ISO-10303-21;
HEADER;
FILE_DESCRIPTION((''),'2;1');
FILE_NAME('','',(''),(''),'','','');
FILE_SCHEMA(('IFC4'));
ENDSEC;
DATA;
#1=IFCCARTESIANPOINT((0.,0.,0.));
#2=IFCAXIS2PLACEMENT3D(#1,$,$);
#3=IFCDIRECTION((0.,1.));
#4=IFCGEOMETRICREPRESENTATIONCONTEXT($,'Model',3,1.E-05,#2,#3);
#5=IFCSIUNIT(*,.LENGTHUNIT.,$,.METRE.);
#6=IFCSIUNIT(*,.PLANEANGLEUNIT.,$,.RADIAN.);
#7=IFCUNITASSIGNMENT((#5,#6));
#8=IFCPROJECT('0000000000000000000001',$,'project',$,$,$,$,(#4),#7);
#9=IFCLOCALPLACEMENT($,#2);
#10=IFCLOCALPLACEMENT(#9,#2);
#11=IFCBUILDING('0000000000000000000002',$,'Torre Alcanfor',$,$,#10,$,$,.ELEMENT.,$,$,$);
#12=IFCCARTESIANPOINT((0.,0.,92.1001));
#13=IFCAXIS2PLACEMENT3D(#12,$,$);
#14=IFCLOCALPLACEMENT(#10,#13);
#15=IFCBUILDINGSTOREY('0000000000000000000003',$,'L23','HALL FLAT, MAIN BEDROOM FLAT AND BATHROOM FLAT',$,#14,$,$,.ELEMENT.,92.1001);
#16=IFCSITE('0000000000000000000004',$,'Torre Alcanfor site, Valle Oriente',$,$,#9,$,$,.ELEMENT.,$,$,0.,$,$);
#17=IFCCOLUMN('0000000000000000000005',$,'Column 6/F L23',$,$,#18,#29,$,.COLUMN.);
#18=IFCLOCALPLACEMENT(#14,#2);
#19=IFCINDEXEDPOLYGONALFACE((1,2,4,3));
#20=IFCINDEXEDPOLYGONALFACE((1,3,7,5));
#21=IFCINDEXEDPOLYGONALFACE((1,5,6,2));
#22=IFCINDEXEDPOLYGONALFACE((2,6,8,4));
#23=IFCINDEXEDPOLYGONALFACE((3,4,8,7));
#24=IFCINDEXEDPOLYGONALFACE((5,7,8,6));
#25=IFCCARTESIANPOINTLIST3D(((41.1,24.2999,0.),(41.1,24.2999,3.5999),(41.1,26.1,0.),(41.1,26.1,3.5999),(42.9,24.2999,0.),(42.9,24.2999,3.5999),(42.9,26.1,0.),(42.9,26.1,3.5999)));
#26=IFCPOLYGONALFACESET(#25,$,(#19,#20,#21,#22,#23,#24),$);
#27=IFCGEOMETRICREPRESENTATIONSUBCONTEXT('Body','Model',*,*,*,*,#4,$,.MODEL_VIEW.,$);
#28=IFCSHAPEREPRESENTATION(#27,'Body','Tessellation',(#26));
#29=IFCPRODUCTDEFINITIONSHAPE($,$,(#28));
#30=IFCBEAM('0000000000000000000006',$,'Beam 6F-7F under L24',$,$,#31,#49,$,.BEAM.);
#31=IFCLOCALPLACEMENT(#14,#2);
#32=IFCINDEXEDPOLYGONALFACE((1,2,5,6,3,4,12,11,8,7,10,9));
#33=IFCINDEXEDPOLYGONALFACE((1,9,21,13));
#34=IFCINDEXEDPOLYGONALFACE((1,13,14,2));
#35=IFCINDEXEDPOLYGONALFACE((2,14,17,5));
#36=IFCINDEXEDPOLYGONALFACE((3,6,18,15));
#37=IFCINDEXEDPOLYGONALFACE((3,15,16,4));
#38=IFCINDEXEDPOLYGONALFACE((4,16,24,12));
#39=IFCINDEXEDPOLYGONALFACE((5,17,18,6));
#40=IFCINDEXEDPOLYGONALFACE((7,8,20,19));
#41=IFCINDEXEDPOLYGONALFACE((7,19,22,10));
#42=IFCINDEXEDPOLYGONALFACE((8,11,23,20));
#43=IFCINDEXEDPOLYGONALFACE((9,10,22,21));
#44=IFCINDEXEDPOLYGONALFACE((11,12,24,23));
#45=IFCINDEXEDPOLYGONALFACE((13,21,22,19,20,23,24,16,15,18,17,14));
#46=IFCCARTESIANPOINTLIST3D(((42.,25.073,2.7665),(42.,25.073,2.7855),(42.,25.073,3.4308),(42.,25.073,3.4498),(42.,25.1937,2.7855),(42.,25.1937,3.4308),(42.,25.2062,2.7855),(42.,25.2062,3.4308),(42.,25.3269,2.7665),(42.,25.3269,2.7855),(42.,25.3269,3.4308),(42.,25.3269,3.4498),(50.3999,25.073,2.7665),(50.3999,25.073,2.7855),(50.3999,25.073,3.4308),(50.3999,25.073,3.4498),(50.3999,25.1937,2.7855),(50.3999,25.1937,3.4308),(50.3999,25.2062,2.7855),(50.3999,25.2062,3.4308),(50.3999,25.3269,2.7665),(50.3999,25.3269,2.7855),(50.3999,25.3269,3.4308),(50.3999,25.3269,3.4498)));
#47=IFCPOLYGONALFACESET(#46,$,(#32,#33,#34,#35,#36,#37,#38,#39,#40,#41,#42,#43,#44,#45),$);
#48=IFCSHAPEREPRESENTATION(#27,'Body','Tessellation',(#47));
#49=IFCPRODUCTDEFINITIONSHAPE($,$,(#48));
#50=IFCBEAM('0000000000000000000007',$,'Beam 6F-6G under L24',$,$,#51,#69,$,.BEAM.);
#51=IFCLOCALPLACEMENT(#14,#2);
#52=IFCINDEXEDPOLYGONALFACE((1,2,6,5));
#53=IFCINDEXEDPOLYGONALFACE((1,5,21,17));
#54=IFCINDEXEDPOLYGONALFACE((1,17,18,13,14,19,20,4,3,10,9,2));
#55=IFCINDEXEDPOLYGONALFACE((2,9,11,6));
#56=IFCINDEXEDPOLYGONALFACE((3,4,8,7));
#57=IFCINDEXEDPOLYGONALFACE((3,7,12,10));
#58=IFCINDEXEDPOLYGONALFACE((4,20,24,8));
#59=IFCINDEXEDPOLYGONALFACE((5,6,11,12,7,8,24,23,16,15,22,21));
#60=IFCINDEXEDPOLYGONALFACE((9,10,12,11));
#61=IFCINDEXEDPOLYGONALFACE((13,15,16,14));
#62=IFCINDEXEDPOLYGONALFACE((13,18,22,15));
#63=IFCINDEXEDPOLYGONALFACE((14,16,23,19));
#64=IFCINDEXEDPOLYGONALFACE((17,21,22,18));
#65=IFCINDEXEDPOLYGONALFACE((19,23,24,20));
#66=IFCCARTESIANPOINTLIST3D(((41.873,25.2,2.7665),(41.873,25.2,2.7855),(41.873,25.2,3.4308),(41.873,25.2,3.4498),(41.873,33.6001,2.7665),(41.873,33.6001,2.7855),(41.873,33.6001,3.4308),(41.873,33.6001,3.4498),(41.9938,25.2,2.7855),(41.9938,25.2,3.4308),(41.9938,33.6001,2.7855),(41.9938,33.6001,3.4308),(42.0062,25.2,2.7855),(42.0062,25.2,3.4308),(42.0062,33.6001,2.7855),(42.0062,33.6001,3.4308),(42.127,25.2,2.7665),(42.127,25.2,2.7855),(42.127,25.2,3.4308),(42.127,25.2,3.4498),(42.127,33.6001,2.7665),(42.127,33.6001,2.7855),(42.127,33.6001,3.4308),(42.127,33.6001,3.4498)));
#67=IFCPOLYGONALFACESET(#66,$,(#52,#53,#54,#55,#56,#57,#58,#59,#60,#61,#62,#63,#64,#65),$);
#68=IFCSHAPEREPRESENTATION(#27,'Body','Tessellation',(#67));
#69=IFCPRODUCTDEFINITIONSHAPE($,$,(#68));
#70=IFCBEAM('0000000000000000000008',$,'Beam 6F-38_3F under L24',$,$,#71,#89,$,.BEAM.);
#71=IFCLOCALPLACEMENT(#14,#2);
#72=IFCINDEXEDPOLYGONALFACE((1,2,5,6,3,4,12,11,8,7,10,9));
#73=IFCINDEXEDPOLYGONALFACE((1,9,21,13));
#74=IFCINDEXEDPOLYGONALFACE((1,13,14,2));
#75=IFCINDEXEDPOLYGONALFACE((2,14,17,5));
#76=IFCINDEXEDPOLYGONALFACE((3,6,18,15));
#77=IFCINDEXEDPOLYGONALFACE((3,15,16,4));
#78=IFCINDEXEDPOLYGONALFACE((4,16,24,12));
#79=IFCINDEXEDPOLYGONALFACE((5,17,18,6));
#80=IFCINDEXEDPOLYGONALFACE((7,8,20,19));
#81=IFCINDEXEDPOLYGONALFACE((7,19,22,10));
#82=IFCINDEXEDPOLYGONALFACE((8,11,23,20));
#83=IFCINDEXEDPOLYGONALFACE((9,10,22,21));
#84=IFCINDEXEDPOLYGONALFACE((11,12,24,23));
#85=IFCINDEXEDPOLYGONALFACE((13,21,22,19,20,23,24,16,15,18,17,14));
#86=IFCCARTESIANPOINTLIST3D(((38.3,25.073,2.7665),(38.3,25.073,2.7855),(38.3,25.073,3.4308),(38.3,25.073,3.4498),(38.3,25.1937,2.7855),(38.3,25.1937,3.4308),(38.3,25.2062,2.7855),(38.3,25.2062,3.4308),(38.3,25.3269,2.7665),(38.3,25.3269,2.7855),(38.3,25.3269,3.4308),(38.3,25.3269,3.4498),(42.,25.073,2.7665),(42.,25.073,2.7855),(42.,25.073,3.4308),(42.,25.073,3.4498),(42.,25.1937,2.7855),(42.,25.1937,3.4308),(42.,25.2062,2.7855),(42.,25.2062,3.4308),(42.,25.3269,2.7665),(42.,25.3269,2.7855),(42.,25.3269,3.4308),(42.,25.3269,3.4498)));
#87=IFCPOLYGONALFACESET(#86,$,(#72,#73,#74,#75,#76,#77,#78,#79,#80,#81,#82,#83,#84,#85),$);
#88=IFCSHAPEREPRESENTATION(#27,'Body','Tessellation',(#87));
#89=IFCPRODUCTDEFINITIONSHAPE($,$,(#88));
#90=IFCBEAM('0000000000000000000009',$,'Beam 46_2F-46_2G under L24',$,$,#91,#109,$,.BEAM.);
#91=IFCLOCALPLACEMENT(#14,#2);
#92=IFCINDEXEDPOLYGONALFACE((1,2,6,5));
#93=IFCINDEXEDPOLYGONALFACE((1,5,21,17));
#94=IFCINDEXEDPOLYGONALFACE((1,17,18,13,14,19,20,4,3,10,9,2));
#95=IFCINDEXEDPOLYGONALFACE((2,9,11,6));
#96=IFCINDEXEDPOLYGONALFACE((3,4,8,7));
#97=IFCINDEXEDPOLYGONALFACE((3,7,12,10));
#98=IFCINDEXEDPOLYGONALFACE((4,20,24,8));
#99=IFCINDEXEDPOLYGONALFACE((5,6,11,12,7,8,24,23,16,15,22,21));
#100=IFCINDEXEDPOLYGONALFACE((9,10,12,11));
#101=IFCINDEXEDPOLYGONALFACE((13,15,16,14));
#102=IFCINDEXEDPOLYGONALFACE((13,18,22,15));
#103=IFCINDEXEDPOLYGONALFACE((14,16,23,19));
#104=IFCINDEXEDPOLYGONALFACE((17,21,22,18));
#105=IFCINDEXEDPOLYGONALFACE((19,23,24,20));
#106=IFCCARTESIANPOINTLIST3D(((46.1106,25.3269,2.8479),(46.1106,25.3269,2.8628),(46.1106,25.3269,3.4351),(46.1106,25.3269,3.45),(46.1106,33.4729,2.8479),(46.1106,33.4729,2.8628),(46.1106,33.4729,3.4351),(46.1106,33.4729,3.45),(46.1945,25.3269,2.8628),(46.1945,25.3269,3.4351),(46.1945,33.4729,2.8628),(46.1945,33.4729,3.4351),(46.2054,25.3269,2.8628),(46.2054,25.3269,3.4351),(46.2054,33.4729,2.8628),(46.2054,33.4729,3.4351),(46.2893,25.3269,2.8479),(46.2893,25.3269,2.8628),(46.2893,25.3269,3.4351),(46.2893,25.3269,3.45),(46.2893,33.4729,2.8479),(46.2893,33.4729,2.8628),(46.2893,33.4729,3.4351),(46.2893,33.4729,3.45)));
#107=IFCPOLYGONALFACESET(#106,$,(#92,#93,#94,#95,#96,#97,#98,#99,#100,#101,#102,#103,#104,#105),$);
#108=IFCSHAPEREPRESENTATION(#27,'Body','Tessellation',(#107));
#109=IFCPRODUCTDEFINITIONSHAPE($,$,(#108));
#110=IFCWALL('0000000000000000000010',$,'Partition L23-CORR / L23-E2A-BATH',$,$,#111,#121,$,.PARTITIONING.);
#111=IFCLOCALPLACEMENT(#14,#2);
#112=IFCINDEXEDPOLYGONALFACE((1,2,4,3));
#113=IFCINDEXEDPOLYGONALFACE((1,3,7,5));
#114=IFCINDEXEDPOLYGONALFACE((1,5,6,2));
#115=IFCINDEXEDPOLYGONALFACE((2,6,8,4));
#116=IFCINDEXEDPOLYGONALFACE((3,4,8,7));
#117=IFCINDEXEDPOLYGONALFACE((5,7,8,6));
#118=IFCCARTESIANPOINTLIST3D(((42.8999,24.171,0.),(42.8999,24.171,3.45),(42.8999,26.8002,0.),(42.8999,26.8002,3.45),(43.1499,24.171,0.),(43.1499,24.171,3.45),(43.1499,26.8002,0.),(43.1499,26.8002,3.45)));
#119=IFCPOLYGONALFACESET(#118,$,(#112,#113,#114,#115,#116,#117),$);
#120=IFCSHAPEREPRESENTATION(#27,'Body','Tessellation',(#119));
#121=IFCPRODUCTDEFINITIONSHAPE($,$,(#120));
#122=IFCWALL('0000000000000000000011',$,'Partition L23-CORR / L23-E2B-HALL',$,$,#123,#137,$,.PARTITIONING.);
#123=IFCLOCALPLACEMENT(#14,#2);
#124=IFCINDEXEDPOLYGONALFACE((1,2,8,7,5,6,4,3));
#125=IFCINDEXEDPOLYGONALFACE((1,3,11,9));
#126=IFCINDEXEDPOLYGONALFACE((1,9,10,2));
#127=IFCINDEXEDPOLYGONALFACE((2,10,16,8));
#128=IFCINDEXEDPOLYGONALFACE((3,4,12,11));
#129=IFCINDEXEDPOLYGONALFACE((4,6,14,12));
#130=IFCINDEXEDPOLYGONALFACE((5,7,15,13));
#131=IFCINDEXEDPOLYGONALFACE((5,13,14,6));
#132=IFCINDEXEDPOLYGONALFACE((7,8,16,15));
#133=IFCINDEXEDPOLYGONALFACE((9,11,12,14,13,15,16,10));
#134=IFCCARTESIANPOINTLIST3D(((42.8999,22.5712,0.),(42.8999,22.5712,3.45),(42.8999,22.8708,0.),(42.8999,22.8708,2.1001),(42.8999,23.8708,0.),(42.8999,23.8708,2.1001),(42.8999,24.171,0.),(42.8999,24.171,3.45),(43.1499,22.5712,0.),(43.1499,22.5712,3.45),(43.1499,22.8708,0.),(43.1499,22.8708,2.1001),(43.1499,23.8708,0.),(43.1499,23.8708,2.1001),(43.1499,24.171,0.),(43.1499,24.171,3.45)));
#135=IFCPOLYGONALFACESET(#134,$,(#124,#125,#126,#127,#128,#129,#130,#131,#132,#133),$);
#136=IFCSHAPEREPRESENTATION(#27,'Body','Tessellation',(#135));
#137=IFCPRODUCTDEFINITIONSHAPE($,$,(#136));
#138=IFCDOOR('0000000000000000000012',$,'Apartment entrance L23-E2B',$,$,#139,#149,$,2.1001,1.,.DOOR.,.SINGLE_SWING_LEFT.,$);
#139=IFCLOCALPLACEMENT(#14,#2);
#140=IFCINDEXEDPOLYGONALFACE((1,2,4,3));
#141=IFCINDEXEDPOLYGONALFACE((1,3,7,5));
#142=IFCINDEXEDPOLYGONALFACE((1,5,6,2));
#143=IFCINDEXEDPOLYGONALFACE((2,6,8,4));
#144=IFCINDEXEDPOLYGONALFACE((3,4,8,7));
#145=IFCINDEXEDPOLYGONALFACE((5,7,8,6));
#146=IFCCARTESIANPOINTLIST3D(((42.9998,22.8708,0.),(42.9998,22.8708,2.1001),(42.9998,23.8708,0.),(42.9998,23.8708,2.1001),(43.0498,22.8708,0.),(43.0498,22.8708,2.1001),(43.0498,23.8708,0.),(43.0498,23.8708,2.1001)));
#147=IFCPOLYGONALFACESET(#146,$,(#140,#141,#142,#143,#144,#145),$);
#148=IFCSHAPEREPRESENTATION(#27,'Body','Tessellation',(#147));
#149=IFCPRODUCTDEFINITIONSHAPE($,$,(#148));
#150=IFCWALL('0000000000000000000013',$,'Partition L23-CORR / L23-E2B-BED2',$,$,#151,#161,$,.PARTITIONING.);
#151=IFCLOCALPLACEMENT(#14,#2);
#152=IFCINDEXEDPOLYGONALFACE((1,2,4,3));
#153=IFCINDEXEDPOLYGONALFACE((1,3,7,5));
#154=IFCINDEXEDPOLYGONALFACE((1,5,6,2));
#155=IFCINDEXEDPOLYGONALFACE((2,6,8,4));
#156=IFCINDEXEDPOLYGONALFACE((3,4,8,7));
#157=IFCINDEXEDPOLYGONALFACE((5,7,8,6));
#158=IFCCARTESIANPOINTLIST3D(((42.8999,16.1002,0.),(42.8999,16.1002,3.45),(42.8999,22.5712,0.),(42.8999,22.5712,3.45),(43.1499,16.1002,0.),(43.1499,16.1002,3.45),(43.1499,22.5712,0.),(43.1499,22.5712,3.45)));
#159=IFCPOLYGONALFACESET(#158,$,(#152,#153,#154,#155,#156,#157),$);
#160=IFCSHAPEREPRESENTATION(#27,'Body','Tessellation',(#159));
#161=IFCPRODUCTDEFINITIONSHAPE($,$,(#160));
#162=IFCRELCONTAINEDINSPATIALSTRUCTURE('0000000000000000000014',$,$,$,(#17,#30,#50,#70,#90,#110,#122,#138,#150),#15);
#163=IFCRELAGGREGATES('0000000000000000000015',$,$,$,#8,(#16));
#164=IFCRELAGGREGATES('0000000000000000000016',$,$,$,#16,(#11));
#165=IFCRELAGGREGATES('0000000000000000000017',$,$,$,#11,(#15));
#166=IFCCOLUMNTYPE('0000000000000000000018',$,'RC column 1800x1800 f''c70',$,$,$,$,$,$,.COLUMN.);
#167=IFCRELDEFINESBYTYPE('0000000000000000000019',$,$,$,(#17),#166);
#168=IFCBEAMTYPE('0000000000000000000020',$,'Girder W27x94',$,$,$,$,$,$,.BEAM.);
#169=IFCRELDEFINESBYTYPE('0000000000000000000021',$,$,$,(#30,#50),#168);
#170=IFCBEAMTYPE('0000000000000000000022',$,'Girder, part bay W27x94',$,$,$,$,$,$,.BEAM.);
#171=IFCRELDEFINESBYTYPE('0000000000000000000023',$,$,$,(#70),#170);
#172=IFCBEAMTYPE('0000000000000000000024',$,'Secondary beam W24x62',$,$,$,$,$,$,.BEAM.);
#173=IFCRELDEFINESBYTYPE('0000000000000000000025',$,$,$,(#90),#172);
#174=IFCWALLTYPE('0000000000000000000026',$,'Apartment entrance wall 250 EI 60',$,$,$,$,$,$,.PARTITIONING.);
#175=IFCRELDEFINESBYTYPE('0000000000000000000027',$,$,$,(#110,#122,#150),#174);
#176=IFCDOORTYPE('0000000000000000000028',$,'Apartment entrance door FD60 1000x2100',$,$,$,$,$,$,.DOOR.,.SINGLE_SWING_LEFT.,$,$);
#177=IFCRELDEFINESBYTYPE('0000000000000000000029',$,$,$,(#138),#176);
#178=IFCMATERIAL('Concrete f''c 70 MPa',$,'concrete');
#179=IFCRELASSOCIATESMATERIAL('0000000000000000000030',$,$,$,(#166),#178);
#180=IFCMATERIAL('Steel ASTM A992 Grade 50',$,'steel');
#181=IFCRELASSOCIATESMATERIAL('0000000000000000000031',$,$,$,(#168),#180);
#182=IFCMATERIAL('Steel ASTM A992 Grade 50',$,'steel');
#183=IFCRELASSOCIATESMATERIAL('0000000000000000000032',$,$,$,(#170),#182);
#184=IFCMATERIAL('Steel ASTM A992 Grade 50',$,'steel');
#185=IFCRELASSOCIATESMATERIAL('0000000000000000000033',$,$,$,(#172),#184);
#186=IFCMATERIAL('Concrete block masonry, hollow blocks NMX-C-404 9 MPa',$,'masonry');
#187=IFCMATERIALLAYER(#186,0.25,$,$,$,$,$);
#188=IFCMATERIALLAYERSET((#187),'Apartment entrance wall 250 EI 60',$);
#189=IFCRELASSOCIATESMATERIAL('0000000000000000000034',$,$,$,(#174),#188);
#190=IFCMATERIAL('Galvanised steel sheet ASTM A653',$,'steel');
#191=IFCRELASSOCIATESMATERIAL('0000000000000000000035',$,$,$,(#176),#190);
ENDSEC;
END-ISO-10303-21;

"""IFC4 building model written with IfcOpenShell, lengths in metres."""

from ifc_helpers import new_model, si_unit, direction, frame, frame_2d, origin, origin_2d, place, context, subcontext, project, spatial, rectangle, i_section, extrude, material, layer, layer_set, material_profile, profile_set, type_object, element, fill, save


model = new_model("IFC4")

# Units and contexts
model_context = context("Model", 3, precision=1e-05, world=origin(), true_north=direction((0.0, 1.0)))
body_context = subcontext(model_context, "Body", "Model", "MODEL_VIEW")
ifc_project = project(units=[si_unit("LENGTHUNIT", "METRE"), si_unit("PLANEANGLEUNIT", "RADIAN")], contexts=[model_context])

# Site, building, storey
site_placement = place(None, origin())
site = spatial("IfcSite", under=ifc_project, at=site_placement, Name="Torre Alcanfor site, Valle Oriente", CompositionType="ELEMENT", RefElevation=0.0)
building_placement = place(site_placement, origin())
building = spatial("IfcBuilding", under=site, at=building_placement, Name="Torre Alcanfor", CompositionType="ELEMENT")
storey_placement = place(building_placement, frame((0.0, 0.0, 92.1001)))
storey = spatial("IfcBuildingStorey", under=building, at=storey_placement, Name="L23", Description="HALL FLAT, MAIN BEDROOM FLAT AND BATHROOM FLAT", CompositionType="ELEMENT", Elevation=92.1001)

# Column
ifc_material_1 = material(Name="Concrete f'c 70 MPa", Category="concrete")
ifc_material_profile_1 = material_profile(ifc_material_1, rectangle(XDim=1.8, YDim=1.8, at=origin_2d()), Name="1800x1800")
ifc_profile_set_1 = profile_set([ifc_material_profile_1], Name="Concrete f'c 70 MPa")
column_type = type_object("IfcColumnType", Name="RC column 1800x1800 f'c70", PredefinedType="COLUMN", material=ifc_profile_set_1)
column_placement = place(storey_placement, frame((42.0, 25.2, 0.0), z_axis=(0.0, 0.0, 1.0), x_axis=(1.0, 0.0, 0.0)))
element("IfcColumn", 1, at=column_placement, inside=storey, type_object=column_type, Name="Column 6/F L23", PredefinedType="COLUMN", context=body_context, shape_type="SweptSolid", body=[
    extrude(rectangle(XDim=1.8, YDim=1.8, at=origin_2d()), origin(), (0.0, 0.0, 1.0), 3.5999),
])

# Beams
ifc_material_2 = material(Name="Steel ASTM A992 Grade 50", Category="steel")
ifc_material_profile_2 = material_profile(ifc_material_2, i_section(OverallWidth=0.2539, OverallDepth=0.6833, WebThickness=0.0125, FlangeThickness=0.019, at=origin_2d()), Name="W27x94")
ifc_profile_set_2 = profile_set([ifc_material_profile_2], Name="Steel ASTM A992 Grade 50")
beam_type_1 = type_object("IfcBeamType", Name="Girder W27x94", PredefinedType="BEAM", material=ifc_profile_set_2)
beam_1_placement = place(storey_placement, frame((42.0, 25.2, 3.1082), z_axis=(1.0, 0.0, 0.0), x_axis=(0.0, 1.0, 0.0)))
element("IfcBeam", 2, at=beam_1_placement, inside=storey, type_object=beam_type_1, Name="Beam 6F-7F under L24", PredefinedType="BEAM", context=body_context, shape_type="SweptSolid", body=[
    extrude(i_section(OverallWidth=0.2539, OverallDepth=0.6833, WebThickness=0.0125, FlangeThickness=0.019, at=origin_2d()), origin(), (0.0, 0.0, 1.0), 8.3999),
])
beam_2_placement = place(storey_placement, frame((42.0, 25.2, 3.1082), z_axis=(0.0, 1.0, 0.0), x_axis=(-1.0, 0.0, 0.0)))
element("IfcBeam", 3, at=beam_2_placement, inside=storey, type_object=beam_type_1, Name="Beam 6F-6G under L24", PredefinedType="BEAM", context=body_context, shape_type="SweptSolid", body=[
    extrude(i_section(OverallWidth=0.2539, OverallDepth=0.6833, WebThickness=0.0125, FlangeThickness=0.019, at=origin_2d()), origin(), (0.0, 0.0, 1.0), 8.4001),
])
ifc_material_3 = material(Name="Steel ASTM A992 Grade 50", Category="steel")
ifc_material_profile_3 = material_profile(ifc_material_3, i_section(OverallWidth=0.2539, OverallDepth=0.6833, WebThickness=0.0125, FlangeThickness=0.019, at=origin_2d()), Name="W27x94")
ifc_profile_set_3 = profile_set([ifc_material_profile_3], Name="Steel ASTM A992 Grade 50")
beam_type_2 = type_object("IfcBeamType", Name="Girder, part bay W27x94", PredefinedType="BEAM", material=ifc_profile_set_3)
beam_3_placement = place(storey_placement, frame((42.0, 25.2, 3.1082), z_axis=(-1.0, 0.0, 0.0), x_axis=(0.0, -1.0, 0.0)))
element("IfcBeam", 4, at=beam_3_placement, inside=storey, type_object=beam_type_2, Name="Beam 6F-38_3F under L24", PredefinedType="BEAM", context=body_context, shape_type="SweptSolid", body=[
    extrude(i_section(OverallWidth=0.2539, OverallDepth=0.6833, WebThickness=0.0125, FlangeThickness=0.019, at=origin_2d()), origin(), (0.0, 0.0, 1.0), 3.7),
])
ifc_material_4 = material(Name="Steel ASTM A992 Grade 50", Category="steel")
ifc_material_profile_4 = material_profile(ifc_material_4, i_section(OverallWidth=0.1787, OverallDepth=0.6021, WebThickness=0.011, FlangeThickness=0.0149, at=origin_2d()), Name="W24x62")
ifc_profile_set_4 = profile_set([ifc_material_profile_4], Name="Steel ASTM A992 Grade 50")
beam_type_3 = type_object("IfcBeamType", Name="Secondary beam W24x62", PredefinedType="BEAM", material=ifc_profile_set_4)
beam_4_placement = place(storey_placement, frame((46.2, 25.3269, 3.1489), z_axis=(0.0, 1.0, 0.0), x_axis=(-1.0, 0.0, 0.0)))
element("IfcBeam", 5, at=beam_4_placement, inside=storey, type_object=beam_type_3, Name="Beam 46_2F-46_2G under L24", PredefinedType="BEAM", context=body_context, shape_type="SweptSolid", body=[
    extrude(i_section(OverallWidth=0.1787, OverallDepth=0.6021, WebThickness=0.011, FlangeThickness=0.0149, at=origin_2d()), origin(), (0.0, 0.0, 1.0), 8.146),
])

# Wall
ifc_material_5 = material(Name="Concrete block masonry, hollow blocks NMX-C-404 9 MPa", Category="masonry")
ifc_layer_1 = layer(ifc_material_5, 0.25)
ifc_layer_set_1 = layer_set([ifc_layer_1], Name="Apartment entrance wall 250 EI 60")
wall_type_1 = type_object("IfcWallType", Name="Apartment entrance wall 250 EI 60", PredefinedType="PARTITIONING", material=ifc_layer_set_1)
wall_1_placement = place(storey_placement, frame((43.0249, 26.8, 0.0), z_axis=(0.0, 0.0, 1.0), x_axis=(0.0, -1.0, 0.0)))
element("IfcWall", 6, at=wall_1_placement, inside=storey, type_object=wall_type_1, Name="Partition L23-CORR / L23-E2A-BATH", PredefinedType="PARTITIONING", context=body_context, shape_type="SweptSolid", body=[
    extrude(rectangle(XDim=2.6292, YDim=0.25, at=frame_2d((1.3145, 0.0))), origin(), (0.0, 0.0, 1.0), 3.45),
])

# Wall, opening, door
wall_2_placement = place(storey_placement, frame((43.0249, 24.1709, 0.0), z_axis=(0.0, 0.0, 1.0), x_axis=(0.0, -1.0, 0.0)))
wall_2 = element("IfcWall", 7, at=wall_2_placement, inside=storey, type_object=wall_type_1, Name="Partition L23-CORR / L23-E2B-HALL", PredefinedType="PARTITIONING", context=body_context, shape_type="SweptSolid", body=[
    extrude(rectangle(XDim=1.5999, YDim=0.25, at=frame_2d((0.7998, 0.0))), origin(), (0.0, 0.0, 1.0), 3.45),
])
opening_1_placement = place(wall_2_placement, frame((0.3, 0.0, 0.0)))
opening_1 = element("IfcOpeningElement", 8, at=opening_1_placement, cuts=wall_2, PredefinedType="OPENING", context=body_context, shape_type="SweptSolid", body=[
    extrude(rectangle(XDim=1.0, YDim=2.1001, at=frame_2d((0.5, 1.05))), frame((0.0, 0.135, 0.0), z_axis=(0.0, -1.0, 0.0), x_axis=(1.0, 0.0, 0.0)), (0.0, 0.0, 1.0), 0.27),
])
ifc_material_6 = material(Name="Galvanised steel sheet ASTM A653", Category="steel")
door_type_1 = type_object("IfcDoorType", Name="Apartment entrance door FD60 1000x2100", OperationType="SINGLE_SWING_LEFT", PredefinedType="DOOR", material=ifc_material_6)
door_1_placement = place(opening_1_placement, origin())
door_1 = element("IfcDoor", 9, at=door_1_placement, inside=storey, type_object=door_type_1, Name="Apartment entrance L23-E2B", OperationType="SINGLE_SWING_LEFT", OverallHeight=2.1001, OverallWidth=1.0, PredefinedType="DOOR", context=body_context, shape_type="SweptSolid", body=[
    extrude(rectangle(XDim=1.0, YDim=2.1001, at=frame_2d((0.5, 1.05))), frame((0.0, 0.0249, 0.0), z_axis=(0.0, -1.0, 0.0), x_axis=(1.0, 0.0, 0.0)), (0.0, 0.0, 1.0), 0.05),
])
fill(opening_1, door_1)

# Wall
wall_3_placement = place(storey_placement, frame((43.0249, 22.571, 0.0), z_axis=(0.0, 0.0, 1.0), x_axis=(0.0, -1.0, 0.0)))
element("IfcWall", 10, at=wall_3_placement, inside=storey, type_object=wall_type_1, Name="Partition L23-CORR / L23-E2B-BED2", PredefinedType="PARTITIONING", context=body_context, shape_type="SweptSolid", body=[
    extrude(rectangle(XDim=6.4709, YDim=0.25, at=frame_2d((3.2354, 0.0))), origin(), (0.0, 0.0, 1.0), 3.45),
])

save(model, "model.ifc")
